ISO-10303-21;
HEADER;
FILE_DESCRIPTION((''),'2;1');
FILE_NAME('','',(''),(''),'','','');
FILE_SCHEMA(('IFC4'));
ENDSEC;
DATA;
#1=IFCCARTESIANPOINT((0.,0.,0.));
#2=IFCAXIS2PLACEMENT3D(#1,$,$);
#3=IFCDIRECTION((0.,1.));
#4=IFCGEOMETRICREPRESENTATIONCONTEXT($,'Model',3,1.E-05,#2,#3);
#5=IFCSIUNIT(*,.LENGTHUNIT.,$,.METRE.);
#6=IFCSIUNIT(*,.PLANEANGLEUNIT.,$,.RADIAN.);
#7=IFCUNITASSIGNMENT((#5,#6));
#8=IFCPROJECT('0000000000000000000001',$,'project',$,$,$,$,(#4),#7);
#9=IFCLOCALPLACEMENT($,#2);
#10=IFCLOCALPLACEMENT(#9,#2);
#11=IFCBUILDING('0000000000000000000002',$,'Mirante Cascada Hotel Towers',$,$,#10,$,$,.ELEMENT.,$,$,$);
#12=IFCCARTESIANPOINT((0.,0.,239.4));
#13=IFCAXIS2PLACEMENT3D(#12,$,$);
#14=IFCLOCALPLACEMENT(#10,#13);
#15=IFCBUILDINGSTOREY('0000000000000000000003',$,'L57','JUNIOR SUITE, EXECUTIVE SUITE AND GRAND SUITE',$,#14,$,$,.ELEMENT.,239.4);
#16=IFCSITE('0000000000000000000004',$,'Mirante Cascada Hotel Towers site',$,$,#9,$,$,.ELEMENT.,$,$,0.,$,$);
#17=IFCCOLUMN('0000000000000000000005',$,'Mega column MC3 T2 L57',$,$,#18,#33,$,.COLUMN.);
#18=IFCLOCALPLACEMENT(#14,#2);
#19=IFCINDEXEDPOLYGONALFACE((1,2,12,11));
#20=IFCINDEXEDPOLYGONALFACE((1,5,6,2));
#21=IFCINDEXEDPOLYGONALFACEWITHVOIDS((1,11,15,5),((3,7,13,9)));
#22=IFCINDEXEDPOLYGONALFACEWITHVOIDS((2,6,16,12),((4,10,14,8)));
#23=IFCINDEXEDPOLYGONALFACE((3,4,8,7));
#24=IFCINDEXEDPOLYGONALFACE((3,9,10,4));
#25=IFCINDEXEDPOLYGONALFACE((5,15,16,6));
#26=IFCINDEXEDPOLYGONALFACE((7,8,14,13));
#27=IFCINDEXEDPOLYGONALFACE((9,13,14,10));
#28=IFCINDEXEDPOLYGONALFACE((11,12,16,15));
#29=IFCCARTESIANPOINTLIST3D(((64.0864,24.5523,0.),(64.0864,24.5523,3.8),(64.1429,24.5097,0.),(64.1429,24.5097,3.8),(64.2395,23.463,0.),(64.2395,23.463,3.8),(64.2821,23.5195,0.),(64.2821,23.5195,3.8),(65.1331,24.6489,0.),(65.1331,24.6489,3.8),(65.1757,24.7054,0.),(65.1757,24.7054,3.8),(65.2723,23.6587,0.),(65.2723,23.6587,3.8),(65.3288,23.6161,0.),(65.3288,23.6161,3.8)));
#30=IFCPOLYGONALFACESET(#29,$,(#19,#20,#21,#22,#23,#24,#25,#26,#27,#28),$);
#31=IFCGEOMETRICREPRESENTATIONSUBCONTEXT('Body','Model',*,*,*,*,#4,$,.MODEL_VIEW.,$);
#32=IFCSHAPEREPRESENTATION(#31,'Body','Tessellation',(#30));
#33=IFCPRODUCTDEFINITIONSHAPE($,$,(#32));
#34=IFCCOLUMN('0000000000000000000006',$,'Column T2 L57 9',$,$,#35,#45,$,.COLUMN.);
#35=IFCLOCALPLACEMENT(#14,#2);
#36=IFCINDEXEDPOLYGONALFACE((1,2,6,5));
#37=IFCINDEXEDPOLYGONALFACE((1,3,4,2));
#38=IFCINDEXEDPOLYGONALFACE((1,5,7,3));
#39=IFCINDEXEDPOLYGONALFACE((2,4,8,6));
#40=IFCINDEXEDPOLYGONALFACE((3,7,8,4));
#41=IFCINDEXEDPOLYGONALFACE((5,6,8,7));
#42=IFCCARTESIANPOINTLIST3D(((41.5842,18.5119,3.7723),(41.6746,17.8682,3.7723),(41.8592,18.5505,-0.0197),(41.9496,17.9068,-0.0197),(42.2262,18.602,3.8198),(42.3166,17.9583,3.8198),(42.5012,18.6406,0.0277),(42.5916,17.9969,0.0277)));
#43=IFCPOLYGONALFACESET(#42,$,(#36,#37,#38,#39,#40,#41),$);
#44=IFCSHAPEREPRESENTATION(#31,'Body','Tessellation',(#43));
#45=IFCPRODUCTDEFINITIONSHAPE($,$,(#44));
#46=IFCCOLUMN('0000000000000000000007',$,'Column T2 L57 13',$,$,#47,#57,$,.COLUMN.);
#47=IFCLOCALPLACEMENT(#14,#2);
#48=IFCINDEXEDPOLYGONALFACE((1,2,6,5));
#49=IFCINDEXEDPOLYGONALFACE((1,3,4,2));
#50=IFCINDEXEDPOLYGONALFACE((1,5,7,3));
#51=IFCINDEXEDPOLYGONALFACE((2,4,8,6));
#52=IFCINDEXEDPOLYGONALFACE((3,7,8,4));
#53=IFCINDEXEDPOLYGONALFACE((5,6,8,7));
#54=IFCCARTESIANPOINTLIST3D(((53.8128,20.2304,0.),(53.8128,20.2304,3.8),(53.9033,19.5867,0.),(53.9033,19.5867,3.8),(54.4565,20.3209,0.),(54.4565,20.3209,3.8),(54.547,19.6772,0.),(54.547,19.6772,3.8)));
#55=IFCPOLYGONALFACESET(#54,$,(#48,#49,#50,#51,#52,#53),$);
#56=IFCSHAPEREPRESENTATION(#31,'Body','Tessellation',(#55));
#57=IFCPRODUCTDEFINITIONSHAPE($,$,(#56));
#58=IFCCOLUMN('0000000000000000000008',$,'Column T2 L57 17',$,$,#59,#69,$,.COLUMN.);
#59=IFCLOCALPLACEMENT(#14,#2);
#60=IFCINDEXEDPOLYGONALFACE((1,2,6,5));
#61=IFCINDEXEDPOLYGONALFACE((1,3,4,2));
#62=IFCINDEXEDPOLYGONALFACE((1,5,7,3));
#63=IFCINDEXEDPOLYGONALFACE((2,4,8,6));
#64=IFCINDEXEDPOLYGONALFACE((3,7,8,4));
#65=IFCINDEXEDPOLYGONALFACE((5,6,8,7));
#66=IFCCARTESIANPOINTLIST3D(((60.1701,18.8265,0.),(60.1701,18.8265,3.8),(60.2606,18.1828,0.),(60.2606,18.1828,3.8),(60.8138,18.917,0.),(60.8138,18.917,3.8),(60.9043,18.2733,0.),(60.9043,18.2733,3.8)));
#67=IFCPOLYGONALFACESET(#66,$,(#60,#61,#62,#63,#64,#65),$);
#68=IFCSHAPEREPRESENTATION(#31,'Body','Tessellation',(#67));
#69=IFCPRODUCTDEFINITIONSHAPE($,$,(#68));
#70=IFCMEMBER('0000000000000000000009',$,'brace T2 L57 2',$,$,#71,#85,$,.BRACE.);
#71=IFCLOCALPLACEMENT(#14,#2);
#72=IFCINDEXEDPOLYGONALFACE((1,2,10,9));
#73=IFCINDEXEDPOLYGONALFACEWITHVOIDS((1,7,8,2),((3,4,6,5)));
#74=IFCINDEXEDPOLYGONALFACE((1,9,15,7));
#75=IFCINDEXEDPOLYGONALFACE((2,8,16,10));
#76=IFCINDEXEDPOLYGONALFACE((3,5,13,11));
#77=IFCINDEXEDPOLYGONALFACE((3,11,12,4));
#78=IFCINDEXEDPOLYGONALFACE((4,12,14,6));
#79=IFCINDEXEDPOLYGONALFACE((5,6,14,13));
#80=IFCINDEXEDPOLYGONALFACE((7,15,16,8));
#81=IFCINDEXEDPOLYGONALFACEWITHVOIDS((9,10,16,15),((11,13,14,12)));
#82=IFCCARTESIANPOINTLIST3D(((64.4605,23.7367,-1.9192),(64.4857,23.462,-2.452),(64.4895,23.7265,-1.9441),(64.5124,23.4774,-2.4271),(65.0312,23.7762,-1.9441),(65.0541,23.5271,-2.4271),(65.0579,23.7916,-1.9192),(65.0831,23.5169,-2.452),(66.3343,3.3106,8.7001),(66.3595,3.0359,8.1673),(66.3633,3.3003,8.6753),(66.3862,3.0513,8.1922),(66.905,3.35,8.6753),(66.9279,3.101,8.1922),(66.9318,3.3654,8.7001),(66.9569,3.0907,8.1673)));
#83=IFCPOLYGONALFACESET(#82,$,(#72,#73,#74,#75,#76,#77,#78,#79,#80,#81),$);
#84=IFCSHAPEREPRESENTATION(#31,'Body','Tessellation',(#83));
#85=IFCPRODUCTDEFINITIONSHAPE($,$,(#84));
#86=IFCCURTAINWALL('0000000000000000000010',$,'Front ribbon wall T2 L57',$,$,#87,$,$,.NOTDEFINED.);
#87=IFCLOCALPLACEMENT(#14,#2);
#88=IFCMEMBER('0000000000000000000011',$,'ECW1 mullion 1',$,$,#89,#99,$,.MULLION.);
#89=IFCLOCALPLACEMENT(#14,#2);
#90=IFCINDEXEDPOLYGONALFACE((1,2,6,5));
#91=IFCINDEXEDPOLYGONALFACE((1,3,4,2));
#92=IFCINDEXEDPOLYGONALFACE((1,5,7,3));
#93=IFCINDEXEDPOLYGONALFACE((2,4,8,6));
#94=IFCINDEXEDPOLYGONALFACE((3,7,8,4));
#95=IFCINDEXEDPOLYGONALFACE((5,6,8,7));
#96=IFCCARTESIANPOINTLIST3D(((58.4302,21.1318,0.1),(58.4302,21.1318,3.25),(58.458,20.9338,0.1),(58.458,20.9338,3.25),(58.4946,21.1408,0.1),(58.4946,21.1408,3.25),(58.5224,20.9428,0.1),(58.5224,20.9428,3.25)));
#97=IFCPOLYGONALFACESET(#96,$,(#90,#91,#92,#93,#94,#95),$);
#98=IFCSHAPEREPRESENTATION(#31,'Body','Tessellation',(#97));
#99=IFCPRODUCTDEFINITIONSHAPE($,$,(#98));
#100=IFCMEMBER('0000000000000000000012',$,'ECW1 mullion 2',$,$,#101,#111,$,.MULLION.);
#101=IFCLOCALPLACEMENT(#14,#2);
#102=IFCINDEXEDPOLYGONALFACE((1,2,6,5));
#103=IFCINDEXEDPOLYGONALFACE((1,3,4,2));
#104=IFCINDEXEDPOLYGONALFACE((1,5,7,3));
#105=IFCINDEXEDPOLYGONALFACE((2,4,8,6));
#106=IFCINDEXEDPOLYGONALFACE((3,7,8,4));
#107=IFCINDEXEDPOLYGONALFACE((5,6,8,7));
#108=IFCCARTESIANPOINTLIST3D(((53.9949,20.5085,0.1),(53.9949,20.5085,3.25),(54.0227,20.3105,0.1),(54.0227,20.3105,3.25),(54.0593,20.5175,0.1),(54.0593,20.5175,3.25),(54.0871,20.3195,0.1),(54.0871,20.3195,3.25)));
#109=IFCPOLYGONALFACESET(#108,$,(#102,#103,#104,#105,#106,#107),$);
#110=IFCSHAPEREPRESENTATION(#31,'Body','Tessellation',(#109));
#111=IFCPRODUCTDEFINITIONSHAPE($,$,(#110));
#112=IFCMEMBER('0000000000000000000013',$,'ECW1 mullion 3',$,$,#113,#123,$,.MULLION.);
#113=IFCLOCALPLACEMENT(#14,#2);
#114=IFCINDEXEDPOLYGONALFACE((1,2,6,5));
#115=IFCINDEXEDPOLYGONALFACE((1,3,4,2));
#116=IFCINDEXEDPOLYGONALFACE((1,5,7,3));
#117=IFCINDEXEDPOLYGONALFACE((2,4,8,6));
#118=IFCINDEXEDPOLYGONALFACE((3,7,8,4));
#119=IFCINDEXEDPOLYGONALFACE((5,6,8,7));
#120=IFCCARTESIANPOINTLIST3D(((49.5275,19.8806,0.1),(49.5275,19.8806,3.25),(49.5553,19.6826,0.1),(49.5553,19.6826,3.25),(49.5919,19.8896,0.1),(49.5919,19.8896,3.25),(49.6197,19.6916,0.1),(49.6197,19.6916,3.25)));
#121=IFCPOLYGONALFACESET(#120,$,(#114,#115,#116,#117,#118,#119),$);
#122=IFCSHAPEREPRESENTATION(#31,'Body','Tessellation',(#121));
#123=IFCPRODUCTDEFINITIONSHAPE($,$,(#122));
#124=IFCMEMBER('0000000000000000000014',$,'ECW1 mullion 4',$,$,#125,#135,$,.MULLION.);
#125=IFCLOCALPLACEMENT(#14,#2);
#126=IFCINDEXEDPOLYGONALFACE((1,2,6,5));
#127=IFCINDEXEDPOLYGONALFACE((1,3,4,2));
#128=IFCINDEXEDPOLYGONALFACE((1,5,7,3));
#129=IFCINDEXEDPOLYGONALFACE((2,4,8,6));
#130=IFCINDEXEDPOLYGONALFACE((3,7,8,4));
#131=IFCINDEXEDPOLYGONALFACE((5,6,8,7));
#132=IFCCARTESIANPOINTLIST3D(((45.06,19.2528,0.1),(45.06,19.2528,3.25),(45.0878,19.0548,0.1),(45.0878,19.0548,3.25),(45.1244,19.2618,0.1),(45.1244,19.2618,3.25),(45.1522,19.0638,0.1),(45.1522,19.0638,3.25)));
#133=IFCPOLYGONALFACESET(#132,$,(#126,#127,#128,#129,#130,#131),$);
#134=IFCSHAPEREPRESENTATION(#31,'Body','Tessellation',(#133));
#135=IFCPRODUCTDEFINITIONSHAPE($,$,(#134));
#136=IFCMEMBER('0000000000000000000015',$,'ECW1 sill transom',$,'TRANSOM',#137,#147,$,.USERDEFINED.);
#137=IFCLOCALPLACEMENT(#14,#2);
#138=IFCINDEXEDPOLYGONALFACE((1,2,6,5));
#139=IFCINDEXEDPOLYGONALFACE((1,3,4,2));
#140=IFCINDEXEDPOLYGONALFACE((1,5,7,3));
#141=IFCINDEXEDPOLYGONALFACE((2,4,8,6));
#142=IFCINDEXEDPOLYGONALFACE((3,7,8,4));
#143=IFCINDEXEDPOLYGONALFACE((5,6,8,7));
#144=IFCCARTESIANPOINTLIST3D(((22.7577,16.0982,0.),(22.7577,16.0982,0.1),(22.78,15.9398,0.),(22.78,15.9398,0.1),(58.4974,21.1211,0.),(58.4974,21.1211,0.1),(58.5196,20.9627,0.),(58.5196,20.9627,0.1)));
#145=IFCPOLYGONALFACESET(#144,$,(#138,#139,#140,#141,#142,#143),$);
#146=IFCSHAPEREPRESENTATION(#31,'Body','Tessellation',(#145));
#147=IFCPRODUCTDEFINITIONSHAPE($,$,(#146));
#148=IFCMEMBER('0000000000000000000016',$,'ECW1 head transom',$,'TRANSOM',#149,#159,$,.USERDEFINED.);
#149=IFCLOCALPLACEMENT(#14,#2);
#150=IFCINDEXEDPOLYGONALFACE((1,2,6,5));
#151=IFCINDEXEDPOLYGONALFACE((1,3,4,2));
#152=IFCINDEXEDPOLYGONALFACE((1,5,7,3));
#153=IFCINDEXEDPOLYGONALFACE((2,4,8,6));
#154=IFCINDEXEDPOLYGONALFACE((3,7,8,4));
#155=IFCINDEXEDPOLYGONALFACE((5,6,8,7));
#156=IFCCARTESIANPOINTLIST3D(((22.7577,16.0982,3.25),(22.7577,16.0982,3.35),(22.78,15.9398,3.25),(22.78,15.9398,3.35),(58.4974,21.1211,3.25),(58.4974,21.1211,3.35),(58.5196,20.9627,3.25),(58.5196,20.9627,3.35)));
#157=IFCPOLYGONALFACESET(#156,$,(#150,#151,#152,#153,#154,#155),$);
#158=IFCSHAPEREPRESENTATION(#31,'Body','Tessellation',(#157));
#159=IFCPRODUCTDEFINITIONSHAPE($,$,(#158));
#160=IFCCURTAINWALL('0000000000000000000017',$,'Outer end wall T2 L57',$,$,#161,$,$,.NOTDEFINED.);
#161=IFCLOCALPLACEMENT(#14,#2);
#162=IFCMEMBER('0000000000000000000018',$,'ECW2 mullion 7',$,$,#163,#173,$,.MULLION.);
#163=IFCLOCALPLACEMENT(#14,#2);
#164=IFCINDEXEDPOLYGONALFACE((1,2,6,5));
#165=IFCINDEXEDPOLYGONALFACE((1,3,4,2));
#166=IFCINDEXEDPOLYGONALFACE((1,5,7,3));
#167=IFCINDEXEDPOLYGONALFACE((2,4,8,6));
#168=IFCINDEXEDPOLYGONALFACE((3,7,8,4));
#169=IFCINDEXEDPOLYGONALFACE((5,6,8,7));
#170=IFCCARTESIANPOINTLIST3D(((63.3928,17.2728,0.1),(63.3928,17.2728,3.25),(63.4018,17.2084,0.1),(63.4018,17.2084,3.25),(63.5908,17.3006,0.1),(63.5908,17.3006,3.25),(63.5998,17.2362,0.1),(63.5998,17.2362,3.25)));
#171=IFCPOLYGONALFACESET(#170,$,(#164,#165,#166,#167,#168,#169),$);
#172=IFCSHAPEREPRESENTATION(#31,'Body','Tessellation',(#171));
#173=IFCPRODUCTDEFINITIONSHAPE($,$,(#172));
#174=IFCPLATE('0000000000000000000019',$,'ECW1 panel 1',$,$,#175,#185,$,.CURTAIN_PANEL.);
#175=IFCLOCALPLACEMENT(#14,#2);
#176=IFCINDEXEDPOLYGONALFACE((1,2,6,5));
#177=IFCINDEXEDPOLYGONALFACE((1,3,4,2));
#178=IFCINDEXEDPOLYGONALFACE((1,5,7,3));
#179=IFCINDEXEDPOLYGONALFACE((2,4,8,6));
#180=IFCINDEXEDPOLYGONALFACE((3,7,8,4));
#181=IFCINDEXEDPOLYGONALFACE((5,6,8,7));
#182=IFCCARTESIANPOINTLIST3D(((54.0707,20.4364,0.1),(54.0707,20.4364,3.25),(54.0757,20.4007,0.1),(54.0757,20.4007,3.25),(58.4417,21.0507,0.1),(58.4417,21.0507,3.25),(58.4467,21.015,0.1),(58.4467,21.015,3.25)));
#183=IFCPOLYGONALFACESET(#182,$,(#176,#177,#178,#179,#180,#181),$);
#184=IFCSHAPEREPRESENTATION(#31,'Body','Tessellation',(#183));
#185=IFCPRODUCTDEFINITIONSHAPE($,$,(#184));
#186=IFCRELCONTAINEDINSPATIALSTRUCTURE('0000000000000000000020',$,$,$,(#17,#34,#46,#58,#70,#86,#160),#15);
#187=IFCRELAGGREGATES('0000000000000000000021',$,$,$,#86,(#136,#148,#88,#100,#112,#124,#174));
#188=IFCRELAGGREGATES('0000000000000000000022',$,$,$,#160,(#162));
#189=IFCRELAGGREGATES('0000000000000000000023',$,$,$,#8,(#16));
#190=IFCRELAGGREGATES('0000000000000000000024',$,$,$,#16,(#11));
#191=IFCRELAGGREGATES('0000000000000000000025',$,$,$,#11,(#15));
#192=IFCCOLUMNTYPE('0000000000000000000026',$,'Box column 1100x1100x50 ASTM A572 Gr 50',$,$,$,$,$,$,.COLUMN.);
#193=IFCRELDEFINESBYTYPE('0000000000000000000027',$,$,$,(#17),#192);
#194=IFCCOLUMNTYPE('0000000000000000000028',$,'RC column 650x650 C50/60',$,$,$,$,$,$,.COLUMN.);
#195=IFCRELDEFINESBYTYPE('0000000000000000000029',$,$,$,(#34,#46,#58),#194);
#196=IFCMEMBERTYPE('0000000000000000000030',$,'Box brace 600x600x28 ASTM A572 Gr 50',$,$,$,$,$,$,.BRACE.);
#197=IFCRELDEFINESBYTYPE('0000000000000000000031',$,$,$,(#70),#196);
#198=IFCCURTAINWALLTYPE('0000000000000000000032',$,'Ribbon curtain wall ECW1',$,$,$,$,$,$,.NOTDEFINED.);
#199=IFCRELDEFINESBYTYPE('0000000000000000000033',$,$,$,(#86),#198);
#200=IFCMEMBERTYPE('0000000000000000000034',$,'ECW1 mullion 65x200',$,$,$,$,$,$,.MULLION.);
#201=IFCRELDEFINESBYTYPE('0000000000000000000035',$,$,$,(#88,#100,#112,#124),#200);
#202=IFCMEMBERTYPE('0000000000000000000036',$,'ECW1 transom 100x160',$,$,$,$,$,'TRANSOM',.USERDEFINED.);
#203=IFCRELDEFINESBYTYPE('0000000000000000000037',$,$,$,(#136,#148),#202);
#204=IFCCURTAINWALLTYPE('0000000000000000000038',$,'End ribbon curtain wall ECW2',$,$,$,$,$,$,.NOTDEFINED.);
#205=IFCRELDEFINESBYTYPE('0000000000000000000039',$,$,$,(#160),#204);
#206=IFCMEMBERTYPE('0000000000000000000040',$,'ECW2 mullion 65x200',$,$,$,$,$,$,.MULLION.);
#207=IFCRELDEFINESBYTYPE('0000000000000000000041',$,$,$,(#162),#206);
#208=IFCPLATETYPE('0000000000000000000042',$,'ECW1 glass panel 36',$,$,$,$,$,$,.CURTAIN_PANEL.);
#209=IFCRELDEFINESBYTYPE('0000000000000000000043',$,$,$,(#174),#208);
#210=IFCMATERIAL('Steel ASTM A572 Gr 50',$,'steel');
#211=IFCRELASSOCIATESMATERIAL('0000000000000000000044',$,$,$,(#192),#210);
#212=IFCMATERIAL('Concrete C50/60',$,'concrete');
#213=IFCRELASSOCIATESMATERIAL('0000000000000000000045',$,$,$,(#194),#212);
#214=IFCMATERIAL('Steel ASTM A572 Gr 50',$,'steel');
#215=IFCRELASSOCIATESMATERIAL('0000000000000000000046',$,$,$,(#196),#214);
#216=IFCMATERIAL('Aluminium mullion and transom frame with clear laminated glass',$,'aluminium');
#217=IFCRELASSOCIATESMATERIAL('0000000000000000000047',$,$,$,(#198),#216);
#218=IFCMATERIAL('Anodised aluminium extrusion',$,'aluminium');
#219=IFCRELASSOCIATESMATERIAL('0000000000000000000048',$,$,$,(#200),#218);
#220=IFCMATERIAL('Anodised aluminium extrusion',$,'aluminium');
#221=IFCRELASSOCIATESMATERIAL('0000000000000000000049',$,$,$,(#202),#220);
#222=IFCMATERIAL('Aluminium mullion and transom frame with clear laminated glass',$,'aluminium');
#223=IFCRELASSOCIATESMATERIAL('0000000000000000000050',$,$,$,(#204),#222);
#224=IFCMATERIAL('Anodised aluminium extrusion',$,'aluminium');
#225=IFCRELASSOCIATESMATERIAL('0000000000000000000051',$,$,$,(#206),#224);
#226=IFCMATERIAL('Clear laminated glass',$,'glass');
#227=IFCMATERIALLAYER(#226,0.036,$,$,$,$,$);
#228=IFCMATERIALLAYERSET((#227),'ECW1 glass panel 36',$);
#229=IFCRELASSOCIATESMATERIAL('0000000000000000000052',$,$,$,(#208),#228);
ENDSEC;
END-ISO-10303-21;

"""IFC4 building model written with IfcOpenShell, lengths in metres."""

from ifc_helpers import new_model, si_unit, direction, frame, origin, origin_2d, place, context, subcontext, project, spatial, rectangle, hollow_rectangle, extrude, material, layer, layer_set, material_profile, profile_set, type_object, element, aggregate, save


model = new_model("IFC4")

# Units and contexts
model_context = context("Model", 3, precision=1e-05, world=origin(), true_north=direction((0.0, 1.0)))
body_context = subcontext(model_context, "Body", "Model", "MODEL_VIEW")
ifc_project = project(units=[si_unit("LENGTHUNIT", "METRE"), si_unit("PLANEANGLEUNIT", "RADIAN")], contexts=[model_context])

# Site, building, storey
site_placement = place(None, origin())
site = spatial("IfcSite", under=ifc_project, at=site_placement, Name="Mirante Cascada Hotel Towers site", CompositionType="ELEMENT", RefElevation=0.0)
building_placement = place(site_placement, origin())
building = spatial("IfcBuilding", under=site, at=building_placement, Name="Mirante Cascada Hotel Towers", CompositionType="ELEMENT")
storey_placement = place(building_placement, frame((0.0, 0.0, 239.4)))
storey = spatial("IfcBuildingStorey", under=building, at=storey_placement, Name="L57", Description="JUNIOR SUITE, EXECUTIVE SUITE AND GRAND SUITE", CompositionType="ELEMENT", Elevation=239.4)

# Columns
ifc_material_1 = material(Name="Steel ASTM A572 Gr 50", Category="steel")
ifc_material_profile_1 = material_profile(ifc_material_1, hollow_rectangle(XDim=1.1, YDim=1.1, WallThickness=0.05, at=origin_2d()), Name="Box column 1100x1100x50 ASTM A572 Gr 50")
ifc_profile_set_1 = profile_set([ifc_material_profile_1], Name="Steel ASTM A572 Gr 50")
column_type_1 = type_object("IfcColumnType", Name="Box column 1100x1100x50 ASTM A572 Gr 50", PredefinedType="COLUMN", material=ifc_profile_set_1)
column_1_placement = place(storey_placement, frame((64.7076, 24.0842, 0.0), z_axis=(0.0, 0.0, 1.0), x_axis=(0.990268, 0.139173, 0.0)))
element("IfcColumn", 1, at=column_1_placement, inside=storey, type_object=column_type_1, Name="Mega column MC3 T2 L57", PredefinedType="COLUMN", context=body_context, shape_type="SweptSolid", body=[
    extrude(hollow_rectangle(XDim=1.1, YDim=1.1, WallThickness=0.05, at=origin_2d()), origin(), (0.0, 0.0, 1.0), 3.8),
])
ifc_material_2 = material(Name="Concrete C50/60", Category="concrete")
ifc_material_profile_2 = material_profile(ifc_material_2, rectangle(XDim=0.65, YDim=0.65, at=origin_2d()), Name="RC column 650x650 C50/60")
ifc_profile_set_2 = profile_set([ifc_material_profile_2], Name="Concrete C50/60")
column_type_2 = type_object("IfcColumnType", Name="RC column 650x650 C50/60", PredefinedType="COLUMN", material=ifc_profile_set_2)
column_2_placement = place(storey_placement, frame((42.2254, 18.2737, 0.004), z_axis=(-0.072327, -0.010152, 0.997329), x_axis=(0.139001, -0.990292, 0.0)))
element("IfcColumn", 2, at=column_2_placement, inside=storey, type_object=column_type_2, Name="Column T2 L57 9", PredefinedType="COLUMN", context=body_context, shape_type="SweptSolid", body=[
    extrude(rectangle(XDim=0.65, YDim=0.65, at=origin_2d()), origin(), (0.0, 0.0, 1.0), 3.8022),
])
for number, where, z_axis, x_axis, name in (
    (3, (54.1799, 19.9538, 0.0), (0.0, 0.0, 1.0), (0.990268, 0.139173, 0.0), "Column T2 L57 13"),
    (4, (60.5372, 18.5499, 0.0), (0.0, 0.0, 1.0), (0.990268, 0.139173, 0.0), "Column T2 L57 17"),
):
    element("IfcColumn", number, at=place(storey_placement, frame(where, z_axis=z_axis, x_axis=x_axis)), inside=storey, type_object=column_type_2, Name=name, PredefinedType="COLUMN", context=body_context, shape_type="SweptSolid", body=[
        extrude(rectangle(XDim=0.65, YDim=0.65, at=origin_2d()), origin(), (0.0, 0.0, 1.0), 3.8),
    ])

# Member
ifc_material_3 = material(Name="Steel ASTM A572 Gr 50", Category="steel")
ifc_material_profile_3 = material_profile(ifc_material_3, hollow_rectangle(XDim=0.6, YDim=0.6, WallThickness=0.028, at=origin_2d()), Name="Box brace 600x600x28 ASTM A572 Gr 50")
ifc_profile_set_3 = profile_set([ifc_material_profile_3], Name="Steel ASTM A572 Gr 50")
member_type_1 = type_object("IfcMemberType", Name="Box brace 600x600x28 ASTM A572 Gr 50", PredefinedType="BRACE", material=ifc_profile_set_3)
member_1_placement = place(storey_placement, frame((64.7718, 23.6268, -2.1856), z_axis=(0.081125, -0.884333, 0.459755), x_axis=(0.995819, 0.091352, 0.0)))
element("IfcMember", 5, at=member_1_placement, inside=storey, type_object=member_type_1, Name="brace T2 L57 2", PredefinedType="BRACE", context=body_context, shape_type="SweptSolid", body=[
    extrude(hollow_rectangle(XDim=0.6, YDim=0.6, WallThickness=0.028, at=origin_2d()), origin(), (0.0, 0.0, 1.0), 23.0978),
])

# Curtain wall, members
ifc_material_4 = material(Name="Aluminium mullion and transom frame with clear laminated glass", Category="aluminium")
curtain_wall_type_1 = type_object("IfcCurtainWallType", Name="Ribbon curtain wall ECW1", PredefinedType="NOTDEFINED", material=ifc_material_4)
curtain_wall_1_placement = place(storey_placement, origin())
curtain_wall_1 = element("IfcCurtainWall", 6, at=curtain_wall_1_placement, inside=storey, type_object=curtain_wall_type_1, Name="Front ribbon wall T2 L57", PredefinedType="NOTDEFINED")
ifc_material_5 = material(Name="Anodised aluminium extrusion", Category="aluminium")
ifc_material_profile_4 = material_profile(ifc_material_5, rectangle(XDim=0.2, YDim=0.065, at=origin_2d()), Name="ECW1 MULLION 65x200")
ifc_profile_set_4 = profile_set([ifc_material_profile_4], Name="Anodised aluminium extrusion")
member_type_2 = type_object("IfcMemberType", Name="ECW1 mullion 65x200", PredefinedType="MULLION", material=ifc_profile_set_4)
member_2_placement = place(storey_placement, frame((58.4763, 21.0373, 0.1), z_axis=(0.0, 0.0, 1.0), x_axis=(0.139173, -0.990268, 0.0)))
member_2 = element("IfcMember", 7, at=member_2_placement, type_object=member_type_2, Name="ECW1 mullion 1", PredefinedType="MULLION", context=body_context, shape_type="SweptSolid", body=[
    extrude(rectangle(XDim=0.2, YDim=0.065, at=origin_2d()), origin(), (0.0, 0.0, 1.0), 3.15),
])
member_3_placement = place(storey_placement, frame((54.041, 20.414, 0.1), z_axis=(0.0, 0.0, 1.0), x_axis=(0.139173, -0.990268, 0.0)))
member_3 = element("IfcMember", 8, at=member_3_placement, type_object=member_type_2, Name="ECW1 mullion 2", PredefinedType="MULLION", context=body_context, shape_type="SweptSolid", body=[
    extrude(rectangle(XDim=0.2, YDim=0.065, at=origin_2d()), origin(), (0.0, 0.0, 1.0), 3.15),
])
member_4_placement = place(storey_placement, frame((49.5736, 19.7861, 0.1), z_axis=(0.0, 0.0, 1.0), x_axis=(0.139173, -0.990268, 0.0)))
member_4 = element("IfcMember", 9, at=member_4_placement, type_object=member_type_2, Name="ECW1 mullion 3", PredefinedType="MULLION", context=body_context, shape_type="SweptSolid", body=[
    extrude(rectangle(XDim=0.2, YDim=0.065, at=origin_2d()), origin(), (0.0, 0.0, 1.0), 3.15),
])
member_5_placement = place(storey_placement, frame((45.1061, 19.1583, 0.1), z_axis=(0.0, 0.0, 1.0), x_axis=(0.139173, -0.990268, 0.0)))
member_5 = element("IfcMember", 10, at=member_5_placement, type_object=member_type_2, Name="ECW1 mullion 4", PredefinedType="MULLION", context=body_context, shape_type="SweptSolid", body=[
    extrude(rectangle(XDim=0.2, YDim=0.065, at=origin_2d()), origin(), (0.0, 0.0, 1.0), 3.15),
])
ifc_material_6 = material(Name="Anodised aluminium extrusion", Category="aluminium")
ifc_material_profile_5 = material_profile(ifc_material_6, rectangle(XDim=0.16, YDim=0.1, at=origin_2d()), Name="ECW1 TRANSOM 100x160")
ifc_profile_set_5 = profile_set([ifc_material_profile_5], Name="Anodised aluminium extrusion")
member_type_3 = type_object("IfcMemberType", Name="ECW1 transom 100x160", ElementType="TRANSOM", PredefinedType="USERDEFINED", material=ifc_profile_set_5)
member_6_placement = place(storey_placement, frame((58.5085, 21.0419, 0.05), z_axis=(-0.990268, -0.139173, 0.0), x_axis=(0.139173, -0.990268, 0.0)))
member_6 = element("IfcMember", 11, at=member_6_placement, type_object=member_type_3, Name="ECW1 sill transom", ObjectType="TRANSOM", PredefinedType="USERDEFINED", context=body_context, shape_type="SweptSolid", body=[
    extrude(rectangle(XDim=0.16, YDim=0.1, at=origin_2d()), origin(), (0.0, 0.0, 1.0), 36.0909),
])
member_7_placement = place(storey_placement, frame((58.5085, 21.0419, 3.3), z_axis=(-0.990268, -0.139173, 0.0), x_axis=(0.139173, -0.990268, 0.0)))
member_7 = element("IfcMember", 12, at=member_7_placement, type_object=member_type_3, Name="ECW1 head transom", ObjectType="TRANSOM", PredefinedType="USERDEFINED", context=body_context, shape_type="SweptSolid", body=[
    extrude(rectangle(XDim=0.16, YDim=0.1, at=origin_2d()), origin(), (0.0, 0.0, 1.0), 36.0909),
])

# Curtain wall, member
ifc_material_7 = material(Name="Aluminium mullion and transom frame with clear laminated glass", Category="aluminium")
curtain_wall_type_2 = type_object("IfcCurtainWallType", Name="End ribbon curtain wall ECW2", PredefinedType="NOTDEFINED", material=ifc_material_7)
curtain_wall_2_placement = place(storey_placement, origin())
curtain_wall_2 = element("IfcCurtainWall", 13, at=curtain_wall_2_placement, inside=storey, type_object=curtain_wall_type_2, Name="Outer end wall T2 L57", PredefinedType="NOTDEFINED")
ifc_material_8 = material(Name="Anodised aluminium extrusion", Category="aluminium")
ifc_material_profile_6 = material_profile(ifc_material_8, rectangle(XDim=0.2, YDim=0.065, at=origin_2d()), Name="ECW2 MULLION 65x200")
ifc_profile_set_6 = profile_set([ifc_material_profile_6], Name="Anodised aluminium extrusion")
member_type_4 = type_object("IfcMemberType", Name="ECW2 mullion 65x200", PredefinedType="MULLION", material=ifc_profile_set_6)
member_8_placement = place(storey_placement, frame((63.4963, 17.2545, 0.1), z_axis=(0.0, 0.0, 1.0), x_axis=(-0.990268, -0.139173, 0.0)))
member_8 = element("IfcMember", 14, at=member_8_placement, type_object=member_type_4, Name="ECW2 mullion 7", PredefinedType="MULLION", context=body_context, shape_type="SweptSolid", body=[
    extrude(rectangle(XDim=0.2, YDim=0.065, at=origin_2d()), origin(), (0.0, 0.0, 1.0), 3.15),
])

# Plate
ifc_material_9 = material(Name="Clear laminated glass", Category="glass")
ifc_layer_1 = layer(ifc_material_9, 0.036)
ifc_layer_set_1 = layer_set([ifc_layer_1], Name="ECW1 glass panel 36")
plate_type_1 = type_object("IfcPlateType", Name="ECW1 glass panel 36", PredefinedType="CURTAIN_PANEL", material=ifc_layer_set_1)
plate_1_placement = place(storey_placement, frame((56.2587, 20.7257, 0.1), z_axis=(0.0, 0.0, 1.0), x_axis=(-0.990268, -0.139173, 0.0)))
plate_1 = element("IfcPlate", 15, at=plate_1_placement, type_object=plate_type_1, Name="ECW1 panel 1", PredefinedType="CURTAIN_PANEL", context=body_context, shape_type="SweptSolid", body=[
    extrude(rectangle(XDim=4.4139, YDim=0.036, at=origin_2d()), origin(), (0.0, 0.0, 1.0), 3.15),
])
aggregate(curtain_wall_1, [member_6, member_7, member_2, member_3, member_4, member_5, plate_1])
aggregate(curtain_wall_2, [member_8])

save(model, "model.ifc")
